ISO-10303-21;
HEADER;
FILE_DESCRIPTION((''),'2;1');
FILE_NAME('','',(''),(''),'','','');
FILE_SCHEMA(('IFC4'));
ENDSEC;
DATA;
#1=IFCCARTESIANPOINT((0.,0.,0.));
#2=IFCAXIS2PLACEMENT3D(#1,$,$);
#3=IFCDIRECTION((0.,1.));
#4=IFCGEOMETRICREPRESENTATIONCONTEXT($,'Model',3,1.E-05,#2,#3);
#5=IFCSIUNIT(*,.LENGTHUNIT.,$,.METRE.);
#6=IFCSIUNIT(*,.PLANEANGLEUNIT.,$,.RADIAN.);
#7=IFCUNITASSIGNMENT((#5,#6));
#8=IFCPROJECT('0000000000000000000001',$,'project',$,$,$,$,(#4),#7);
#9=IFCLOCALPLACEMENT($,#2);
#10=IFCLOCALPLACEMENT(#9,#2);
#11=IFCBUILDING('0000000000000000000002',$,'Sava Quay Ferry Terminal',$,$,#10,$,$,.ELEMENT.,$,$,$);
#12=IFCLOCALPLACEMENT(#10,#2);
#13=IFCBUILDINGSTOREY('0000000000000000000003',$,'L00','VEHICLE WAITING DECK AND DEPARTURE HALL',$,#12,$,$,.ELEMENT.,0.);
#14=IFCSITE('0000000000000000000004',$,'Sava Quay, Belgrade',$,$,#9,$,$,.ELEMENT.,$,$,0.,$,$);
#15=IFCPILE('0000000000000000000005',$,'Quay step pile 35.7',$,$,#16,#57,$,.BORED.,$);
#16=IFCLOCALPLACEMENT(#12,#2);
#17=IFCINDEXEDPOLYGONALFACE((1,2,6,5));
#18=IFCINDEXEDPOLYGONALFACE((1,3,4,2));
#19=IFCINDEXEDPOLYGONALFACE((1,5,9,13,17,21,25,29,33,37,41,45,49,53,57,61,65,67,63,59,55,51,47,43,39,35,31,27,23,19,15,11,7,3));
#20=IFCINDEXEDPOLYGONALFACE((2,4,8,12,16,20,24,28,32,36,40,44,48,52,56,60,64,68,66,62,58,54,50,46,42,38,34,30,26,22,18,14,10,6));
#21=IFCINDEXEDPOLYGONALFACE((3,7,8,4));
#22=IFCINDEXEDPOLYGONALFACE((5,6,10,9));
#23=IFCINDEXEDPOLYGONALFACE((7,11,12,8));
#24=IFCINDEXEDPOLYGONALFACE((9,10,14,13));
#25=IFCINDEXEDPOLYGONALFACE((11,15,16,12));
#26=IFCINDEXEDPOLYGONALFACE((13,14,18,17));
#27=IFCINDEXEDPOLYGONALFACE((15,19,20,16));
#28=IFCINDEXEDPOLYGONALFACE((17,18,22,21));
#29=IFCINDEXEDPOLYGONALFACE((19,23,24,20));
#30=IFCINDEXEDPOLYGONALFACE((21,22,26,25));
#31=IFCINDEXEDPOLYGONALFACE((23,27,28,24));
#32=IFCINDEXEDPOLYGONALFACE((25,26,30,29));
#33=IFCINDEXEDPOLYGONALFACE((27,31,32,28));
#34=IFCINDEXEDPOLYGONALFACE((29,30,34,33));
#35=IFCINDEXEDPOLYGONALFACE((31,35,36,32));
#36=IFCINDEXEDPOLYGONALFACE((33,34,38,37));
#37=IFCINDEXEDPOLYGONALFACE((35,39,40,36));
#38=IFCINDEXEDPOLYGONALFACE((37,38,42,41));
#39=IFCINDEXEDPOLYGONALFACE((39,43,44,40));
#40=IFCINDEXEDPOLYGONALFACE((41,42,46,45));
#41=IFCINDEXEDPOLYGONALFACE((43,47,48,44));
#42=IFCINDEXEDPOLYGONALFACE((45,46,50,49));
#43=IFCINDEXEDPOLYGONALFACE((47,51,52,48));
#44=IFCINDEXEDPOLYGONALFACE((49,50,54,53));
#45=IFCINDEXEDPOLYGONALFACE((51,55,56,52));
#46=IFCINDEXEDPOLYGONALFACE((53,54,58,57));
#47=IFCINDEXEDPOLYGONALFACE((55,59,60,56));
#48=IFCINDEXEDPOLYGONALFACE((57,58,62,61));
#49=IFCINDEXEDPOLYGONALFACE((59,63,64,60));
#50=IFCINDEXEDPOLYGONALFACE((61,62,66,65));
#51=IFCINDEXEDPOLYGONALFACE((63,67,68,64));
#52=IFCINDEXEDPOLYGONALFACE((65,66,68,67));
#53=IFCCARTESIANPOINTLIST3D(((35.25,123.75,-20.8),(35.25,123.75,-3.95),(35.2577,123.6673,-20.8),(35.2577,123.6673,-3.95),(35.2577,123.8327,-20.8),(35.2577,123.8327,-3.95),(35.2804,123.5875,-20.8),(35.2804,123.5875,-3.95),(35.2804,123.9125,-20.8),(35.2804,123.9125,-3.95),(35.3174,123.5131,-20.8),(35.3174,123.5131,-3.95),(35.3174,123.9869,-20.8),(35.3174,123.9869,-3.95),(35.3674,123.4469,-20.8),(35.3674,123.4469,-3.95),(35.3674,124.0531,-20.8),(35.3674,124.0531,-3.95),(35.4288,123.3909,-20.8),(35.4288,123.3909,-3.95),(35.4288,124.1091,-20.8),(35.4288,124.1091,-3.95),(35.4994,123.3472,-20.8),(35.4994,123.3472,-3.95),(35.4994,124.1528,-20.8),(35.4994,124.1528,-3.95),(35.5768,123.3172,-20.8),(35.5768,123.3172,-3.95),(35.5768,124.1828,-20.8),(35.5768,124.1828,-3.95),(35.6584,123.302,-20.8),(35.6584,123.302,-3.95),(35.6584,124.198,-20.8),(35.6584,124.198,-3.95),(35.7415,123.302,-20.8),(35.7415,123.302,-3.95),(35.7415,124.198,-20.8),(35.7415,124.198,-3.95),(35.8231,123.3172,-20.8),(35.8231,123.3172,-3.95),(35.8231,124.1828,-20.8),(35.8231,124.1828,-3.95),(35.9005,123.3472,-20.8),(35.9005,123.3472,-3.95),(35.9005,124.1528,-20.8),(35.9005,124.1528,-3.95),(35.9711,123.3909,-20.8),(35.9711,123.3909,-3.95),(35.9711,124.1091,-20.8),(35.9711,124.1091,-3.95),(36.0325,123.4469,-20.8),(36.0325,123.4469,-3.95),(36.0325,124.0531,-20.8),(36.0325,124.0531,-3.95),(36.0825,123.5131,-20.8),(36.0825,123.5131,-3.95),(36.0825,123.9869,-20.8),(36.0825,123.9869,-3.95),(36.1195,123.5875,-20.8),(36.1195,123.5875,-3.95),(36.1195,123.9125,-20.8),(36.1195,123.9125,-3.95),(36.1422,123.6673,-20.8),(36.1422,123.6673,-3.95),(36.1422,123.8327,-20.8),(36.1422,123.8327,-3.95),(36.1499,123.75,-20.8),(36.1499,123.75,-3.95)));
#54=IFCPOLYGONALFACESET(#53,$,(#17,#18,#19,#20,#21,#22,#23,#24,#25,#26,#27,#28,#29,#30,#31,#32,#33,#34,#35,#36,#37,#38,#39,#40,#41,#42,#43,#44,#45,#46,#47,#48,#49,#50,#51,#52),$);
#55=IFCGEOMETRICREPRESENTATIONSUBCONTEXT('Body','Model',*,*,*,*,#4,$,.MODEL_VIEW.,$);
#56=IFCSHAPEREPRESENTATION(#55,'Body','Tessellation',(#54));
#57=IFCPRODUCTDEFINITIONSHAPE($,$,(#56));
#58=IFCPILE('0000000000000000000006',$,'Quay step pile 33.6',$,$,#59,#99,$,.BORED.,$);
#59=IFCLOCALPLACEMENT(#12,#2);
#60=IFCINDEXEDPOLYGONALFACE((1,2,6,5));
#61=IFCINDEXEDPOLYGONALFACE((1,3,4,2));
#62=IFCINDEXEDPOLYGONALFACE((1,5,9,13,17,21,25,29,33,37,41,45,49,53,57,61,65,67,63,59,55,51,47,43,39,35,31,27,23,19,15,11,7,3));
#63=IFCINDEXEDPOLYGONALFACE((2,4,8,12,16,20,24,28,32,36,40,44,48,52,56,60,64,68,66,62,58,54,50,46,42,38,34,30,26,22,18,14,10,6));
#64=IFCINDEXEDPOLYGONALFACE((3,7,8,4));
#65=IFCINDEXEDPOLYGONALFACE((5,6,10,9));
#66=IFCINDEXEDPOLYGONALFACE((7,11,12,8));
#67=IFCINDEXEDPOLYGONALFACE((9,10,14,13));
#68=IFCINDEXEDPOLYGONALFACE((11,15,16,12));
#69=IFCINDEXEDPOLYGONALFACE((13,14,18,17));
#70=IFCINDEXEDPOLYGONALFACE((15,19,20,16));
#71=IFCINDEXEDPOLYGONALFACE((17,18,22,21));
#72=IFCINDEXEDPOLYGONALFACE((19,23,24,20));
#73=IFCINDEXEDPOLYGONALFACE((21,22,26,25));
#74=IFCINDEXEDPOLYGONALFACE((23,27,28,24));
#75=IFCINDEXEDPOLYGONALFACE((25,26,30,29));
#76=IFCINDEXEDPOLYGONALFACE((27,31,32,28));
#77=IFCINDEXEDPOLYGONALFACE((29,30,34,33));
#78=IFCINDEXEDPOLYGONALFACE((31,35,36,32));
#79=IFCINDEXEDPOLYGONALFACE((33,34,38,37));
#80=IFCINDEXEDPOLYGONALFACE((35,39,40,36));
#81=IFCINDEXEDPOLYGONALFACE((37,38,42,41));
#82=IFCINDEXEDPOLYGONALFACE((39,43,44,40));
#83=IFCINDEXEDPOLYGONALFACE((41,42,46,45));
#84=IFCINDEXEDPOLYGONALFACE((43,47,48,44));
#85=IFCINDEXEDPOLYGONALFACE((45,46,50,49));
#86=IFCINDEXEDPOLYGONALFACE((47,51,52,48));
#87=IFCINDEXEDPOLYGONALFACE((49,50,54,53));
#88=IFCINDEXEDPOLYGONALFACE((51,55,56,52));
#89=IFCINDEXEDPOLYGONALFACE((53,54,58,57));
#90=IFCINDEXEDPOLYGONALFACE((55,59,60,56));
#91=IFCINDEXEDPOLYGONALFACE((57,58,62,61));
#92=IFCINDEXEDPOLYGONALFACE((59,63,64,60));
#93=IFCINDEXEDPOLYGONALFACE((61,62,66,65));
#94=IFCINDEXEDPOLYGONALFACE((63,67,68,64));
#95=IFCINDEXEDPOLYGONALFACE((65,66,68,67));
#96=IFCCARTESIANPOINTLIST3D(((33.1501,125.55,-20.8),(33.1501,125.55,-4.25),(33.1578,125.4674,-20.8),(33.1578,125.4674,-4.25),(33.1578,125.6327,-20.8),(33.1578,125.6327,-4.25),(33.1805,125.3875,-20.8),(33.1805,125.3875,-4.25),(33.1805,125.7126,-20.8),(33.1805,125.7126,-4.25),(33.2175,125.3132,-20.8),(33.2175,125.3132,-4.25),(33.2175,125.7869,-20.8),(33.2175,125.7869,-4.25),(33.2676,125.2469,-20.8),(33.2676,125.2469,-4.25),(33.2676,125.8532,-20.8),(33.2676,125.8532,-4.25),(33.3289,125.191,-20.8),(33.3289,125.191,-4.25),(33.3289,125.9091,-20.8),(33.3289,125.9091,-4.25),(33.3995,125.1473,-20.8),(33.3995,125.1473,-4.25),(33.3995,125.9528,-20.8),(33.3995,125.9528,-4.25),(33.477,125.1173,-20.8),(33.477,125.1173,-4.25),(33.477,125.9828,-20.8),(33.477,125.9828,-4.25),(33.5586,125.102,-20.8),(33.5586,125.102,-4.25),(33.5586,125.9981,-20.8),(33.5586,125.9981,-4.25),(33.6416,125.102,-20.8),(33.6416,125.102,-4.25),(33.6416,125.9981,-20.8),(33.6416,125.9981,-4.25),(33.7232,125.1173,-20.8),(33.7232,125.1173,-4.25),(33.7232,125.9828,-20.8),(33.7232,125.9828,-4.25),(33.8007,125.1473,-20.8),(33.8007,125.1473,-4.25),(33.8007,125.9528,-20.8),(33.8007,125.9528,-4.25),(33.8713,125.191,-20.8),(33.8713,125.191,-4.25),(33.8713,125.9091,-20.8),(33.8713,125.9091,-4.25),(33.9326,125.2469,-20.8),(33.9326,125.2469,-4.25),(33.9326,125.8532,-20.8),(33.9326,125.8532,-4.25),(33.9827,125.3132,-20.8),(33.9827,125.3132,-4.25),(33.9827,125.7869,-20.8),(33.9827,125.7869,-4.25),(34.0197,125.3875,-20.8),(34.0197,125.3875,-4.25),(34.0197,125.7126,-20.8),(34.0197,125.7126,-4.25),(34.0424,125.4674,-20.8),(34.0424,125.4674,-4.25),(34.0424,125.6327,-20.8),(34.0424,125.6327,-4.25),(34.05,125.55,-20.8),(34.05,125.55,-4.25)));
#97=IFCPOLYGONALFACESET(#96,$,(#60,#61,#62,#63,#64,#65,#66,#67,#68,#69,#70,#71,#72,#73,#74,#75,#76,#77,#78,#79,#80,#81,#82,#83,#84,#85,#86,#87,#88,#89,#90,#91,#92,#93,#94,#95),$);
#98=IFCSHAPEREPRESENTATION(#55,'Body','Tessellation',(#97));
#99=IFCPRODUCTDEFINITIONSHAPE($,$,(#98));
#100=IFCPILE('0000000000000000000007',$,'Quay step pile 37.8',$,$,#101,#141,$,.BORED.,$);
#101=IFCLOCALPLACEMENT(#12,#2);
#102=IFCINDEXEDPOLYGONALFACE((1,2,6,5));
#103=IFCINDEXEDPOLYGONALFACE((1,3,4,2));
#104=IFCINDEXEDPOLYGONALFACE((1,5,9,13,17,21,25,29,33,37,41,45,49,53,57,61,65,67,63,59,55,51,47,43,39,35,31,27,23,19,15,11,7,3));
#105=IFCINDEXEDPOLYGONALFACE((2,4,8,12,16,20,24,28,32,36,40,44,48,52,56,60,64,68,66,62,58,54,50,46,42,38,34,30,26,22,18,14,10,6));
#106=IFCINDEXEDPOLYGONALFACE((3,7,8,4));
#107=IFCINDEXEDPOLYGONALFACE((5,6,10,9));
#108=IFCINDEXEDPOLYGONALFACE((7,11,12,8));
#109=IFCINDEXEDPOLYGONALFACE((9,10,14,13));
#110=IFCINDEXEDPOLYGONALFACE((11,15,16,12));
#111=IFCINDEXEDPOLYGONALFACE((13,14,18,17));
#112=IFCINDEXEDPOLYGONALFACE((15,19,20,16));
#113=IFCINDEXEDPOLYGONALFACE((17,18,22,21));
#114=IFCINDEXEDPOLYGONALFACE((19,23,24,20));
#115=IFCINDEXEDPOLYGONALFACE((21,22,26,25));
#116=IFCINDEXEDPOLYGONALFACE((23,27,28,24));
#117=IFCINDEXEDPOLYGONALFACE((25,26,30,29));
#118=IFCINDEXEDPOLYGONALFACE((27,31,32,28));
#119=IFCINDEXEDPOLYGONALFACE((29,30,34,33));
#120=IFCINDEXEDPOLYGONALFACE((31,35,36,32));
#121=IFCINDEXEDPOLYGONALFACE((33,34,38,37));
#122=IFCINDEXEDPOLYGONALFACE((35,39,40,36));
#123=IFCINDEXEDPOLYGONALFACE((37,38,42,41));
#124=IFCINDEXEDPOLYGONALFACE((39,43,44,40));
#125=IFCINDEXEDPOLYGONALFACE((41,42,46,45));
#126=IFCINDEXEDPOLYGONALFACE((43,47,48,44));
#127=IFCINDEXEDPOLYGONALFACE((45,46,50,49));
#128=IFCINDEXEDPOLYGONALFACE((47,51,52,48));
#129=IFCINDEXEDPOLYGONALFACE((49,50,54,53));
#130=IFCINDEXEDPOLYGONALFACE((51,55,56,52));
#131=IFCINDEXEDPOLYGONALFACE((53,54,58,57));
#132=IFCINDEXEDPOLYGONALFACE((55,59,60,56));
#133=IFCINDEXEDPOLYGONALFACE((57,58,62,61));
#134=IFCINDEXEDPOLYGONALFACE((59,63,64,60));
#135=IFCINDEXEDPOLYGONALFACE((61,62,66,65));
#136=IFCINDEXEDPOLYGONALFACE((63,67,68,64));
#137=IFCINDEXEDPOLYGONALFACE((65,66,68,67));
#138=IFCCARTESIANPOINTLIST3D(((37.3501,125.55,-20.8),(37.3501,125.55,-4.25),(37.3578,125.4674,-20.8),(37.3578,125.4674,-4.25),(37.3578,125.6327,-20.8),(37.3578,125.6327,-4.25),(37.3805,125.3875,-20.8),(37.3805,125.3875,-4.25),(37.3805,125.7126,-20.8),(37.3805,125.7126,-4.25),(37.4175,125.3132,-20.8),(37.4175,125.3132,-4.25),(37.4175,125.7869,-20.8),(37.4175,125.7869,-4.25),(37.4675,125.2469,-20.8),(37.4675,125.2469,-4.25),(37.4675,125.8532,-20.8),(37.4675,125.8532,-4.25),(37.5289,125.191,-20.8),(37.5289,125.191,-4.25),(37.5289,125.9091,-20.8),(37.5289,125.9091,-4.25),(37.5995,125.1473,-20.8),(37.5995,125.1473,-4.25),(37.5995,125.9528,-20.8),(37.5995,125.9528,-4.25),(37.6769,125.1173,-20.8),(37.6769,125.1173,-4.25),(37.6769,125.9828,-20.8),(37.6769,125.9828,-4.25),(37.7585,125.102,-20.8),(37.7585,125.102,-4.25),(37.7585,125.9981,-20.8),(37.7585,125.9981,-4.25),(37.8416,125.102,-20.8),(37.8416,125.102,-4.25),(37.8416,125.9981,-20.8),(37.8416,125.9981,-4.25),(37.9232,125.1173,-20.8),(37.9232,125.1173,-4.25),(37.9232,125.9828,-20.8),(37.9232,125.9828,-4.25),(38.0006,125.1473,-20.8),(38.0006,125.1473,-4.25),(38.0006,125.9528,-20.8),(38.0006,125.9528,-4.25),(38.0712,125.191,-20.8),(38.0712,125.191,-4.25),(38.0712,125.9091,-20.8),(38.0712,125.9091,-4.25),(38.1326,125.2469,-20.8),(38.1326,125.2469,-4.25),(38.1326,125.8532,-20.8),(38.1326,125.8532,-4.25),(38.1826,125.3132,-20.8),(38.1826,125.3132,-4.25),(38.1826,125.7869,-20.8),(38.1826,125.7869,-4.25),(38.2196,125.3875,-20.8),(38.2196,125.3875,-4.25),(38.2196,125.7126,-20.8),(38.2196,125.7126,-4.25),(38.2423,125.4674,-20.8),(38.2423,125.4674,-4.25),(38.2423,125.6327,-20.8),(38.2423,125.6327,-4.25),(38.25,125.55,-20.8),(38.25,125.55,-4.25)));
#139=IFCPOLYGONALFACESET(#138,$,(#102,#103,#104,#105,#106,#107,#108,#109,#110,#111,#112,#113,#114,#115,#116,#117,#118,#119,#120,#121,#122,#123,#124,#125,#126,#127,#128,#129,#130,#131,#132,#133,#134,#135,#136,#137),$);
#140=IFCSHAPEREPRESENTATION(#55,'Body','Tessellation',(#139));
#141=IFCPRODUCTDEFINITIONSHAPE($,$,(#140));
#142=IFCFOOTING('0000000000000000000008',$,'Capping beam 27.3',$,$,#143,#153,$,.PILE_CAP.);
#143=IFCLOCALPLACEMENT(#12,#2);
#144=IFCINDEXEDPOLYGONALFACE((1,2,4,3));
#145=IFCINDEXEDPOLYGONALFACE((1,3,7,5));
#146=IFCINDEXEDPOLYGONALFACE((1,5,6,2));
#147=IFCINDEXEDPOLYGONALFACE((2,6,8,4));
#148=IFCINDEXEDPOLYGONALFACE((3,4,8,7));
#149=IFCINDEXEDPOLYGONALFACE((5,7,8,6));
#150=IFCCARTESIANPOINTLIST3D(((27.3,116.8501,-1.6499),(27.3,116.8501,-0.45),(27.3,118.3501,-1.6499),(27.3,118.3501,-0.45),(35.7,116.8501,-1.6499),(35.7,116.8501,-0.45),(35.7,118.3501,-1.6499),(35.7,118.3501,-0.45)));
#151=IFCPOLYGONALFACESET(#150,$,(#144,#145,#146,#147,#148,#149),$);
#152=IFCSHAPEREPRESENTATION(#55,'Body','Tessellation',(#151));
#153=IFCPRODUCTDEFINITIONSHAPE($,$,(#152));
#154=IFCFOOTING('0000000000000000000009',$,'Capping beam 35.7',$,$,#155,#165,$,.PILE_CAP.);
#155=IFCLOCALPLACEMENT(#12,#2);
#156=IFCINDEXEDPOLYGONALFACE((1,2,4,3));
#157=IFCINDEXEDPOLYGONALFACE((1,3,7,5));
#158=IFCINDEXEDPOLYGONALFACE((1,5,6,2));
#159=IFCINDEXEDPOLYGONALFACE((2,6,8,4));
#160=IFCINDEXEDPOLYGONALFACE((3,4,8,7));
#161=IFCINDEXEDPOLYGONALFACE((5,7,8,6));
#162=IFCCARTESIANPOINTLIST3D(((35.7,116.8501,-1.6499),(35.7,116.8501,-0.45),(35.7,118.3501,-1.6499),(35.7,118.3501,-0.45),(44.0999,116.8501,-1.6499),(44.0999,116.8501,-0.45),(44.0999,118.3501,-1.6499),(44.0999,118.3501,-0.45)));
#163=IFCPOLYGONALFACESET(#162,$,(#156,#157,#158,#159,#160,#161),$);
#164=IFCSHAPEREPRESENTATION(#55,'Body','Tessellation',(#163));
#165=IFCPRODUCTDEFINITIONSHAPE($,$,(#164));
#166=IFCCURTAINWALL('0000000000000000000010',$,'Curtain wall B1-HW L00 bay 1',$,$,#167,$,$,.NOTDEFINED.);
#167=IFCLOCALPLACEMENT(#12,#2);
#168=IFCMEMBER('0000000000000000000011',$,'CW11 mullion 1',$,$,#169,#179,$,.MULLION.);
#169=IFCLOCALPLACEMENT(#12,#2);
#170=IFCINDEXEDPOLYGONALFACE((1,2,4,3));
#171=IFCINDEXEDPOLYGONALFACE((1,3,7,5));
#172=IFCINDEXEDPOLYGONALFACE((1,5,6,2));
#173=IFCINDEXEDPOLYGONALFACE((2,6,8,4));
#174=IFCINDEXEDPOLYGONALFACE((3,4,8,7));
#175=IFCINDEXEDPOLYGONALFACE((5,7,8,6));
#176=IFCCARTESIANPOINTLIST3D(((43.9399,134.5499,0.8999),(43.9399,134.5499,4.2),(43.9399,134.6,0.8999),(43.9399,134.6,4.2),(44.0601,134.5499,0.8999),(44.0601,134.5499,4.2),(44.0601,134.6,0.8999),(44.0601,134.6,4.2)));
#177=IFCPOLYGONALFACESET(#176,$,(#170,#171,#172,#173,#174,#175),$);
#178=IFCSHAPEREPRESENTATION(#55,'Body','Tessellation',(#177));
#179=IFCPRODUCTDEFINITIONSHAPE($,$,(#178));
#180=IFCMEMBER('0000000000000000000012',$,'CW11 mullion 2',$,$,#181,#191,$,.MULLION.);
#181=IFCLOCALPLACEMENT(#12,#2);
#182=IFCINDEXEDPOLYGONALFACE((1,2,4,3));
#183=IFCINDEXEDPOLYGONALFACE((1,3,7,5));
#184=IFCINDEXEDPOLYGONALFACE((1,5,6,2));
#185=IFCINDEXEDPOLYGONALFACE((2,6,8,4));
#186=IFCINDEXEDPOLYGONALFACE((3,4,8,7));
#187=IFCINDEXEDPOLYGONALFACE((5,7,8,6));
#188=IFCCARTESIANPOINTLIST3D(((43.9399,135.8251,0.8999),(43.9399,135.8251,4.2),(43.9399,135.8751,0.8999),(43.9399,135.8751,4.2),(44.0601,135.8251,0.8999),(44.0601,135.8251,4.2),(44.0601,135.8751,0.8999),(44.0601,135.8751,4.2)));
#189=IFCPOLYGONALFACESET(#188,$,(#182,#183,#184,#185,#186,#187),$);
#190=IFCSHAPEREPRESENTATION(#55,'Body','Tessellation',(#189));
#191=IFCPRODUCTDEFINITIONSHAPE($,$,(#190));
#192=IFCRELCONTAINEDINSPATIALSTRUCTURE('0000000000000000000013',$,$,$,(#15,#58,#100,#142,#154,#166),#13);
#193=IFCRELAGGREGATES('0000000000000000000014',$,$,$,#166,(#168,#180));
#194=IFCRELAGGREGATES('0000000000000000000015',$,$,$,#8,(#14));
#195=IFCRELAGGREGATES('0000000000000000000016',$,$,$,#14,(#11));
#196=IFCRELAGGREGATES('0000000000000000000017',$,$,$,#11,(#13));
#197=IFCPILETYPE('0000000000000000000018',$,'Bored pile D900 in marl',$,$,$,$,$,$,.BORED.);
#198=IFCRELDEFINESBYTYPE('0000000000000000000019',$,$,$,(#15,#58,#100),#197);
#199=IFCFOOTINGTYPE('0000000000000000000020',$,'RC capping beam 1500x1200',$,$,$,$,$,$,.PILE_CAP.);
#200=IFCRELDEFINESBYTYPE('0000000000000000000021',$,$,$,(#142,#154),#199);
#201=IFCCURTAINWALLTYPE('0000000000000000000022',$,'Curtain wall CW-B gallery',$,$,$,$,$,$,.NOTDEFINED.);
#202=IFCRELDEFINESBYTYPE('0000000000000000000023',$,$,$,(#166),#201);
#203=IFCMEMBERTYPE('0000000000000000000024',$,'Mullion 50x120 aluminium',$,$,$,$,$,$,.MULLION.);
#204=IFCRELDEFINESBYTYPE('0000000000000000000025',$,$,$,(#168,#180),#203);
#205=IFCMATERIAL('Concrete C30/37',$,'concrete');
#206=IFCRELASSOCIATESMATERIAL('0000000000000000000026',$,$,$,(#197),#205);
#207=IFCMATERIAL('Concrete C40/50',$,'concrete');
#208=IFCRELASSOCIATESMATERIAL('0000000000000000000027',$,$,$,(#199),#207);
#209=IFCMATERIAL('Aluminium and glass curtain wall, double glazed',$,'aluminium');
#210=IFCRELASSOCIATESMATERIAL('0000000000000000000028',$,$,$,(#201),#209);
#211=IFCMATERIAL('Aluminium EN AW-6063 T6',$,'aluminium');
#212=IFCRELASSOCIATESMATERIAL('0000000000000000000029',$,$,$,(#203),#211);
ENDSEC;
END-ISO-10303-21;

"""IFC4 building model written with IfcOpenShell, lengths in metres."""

from ifc_helpers import new_model, si_unit, direction, frame, origin, origin_2d, place, context, subcontext, project, spatial, rectangle, circle, extrude, material, material_profile, profile_set, type_object, element, aggregate, save


model = new_model("IFC4")

# Units and contexts
model_context = context("Model", 3, precision=1e-05, world=origin(), true_north=direction((0.0, 1.0)))
body_context = subcontext(model_context, "Body", "Model", "MODEL_VIEW")
ifc_project = project(units=[si_unit("LENGTHUNIT", "METRE"), si_unit("PLANEANGLEUNIT", "RADIAN")], contexts=[model_context])

# Site, building, storey
site_placement = place(None, origin())
site = spatial("IfcSite", under=ifc_project, at=site_placement, Name="Sava Quay, Belgrade", CompositionType="ELEMENT", RefElevation=0.0)
building_placement = place(site_placement, origin())
building = spatial("IfcBuilding", under=site, at=building_placement, Name="Sava Quay Ferry Terminal", CompositionType="ELEMENT")
storey_placement = place(building_placement, origin())
storey = spatial("IfcBuildingStorey", under=building, at=storey_placement, Name="L00", Description="VEHICLE WAITING DECK AND DEPARTURE HALL", CompositionType="ELEMENT", Elevation=0.0)

# Piles
ifc_material_1 = material(Name="Concrete C30/37", Category="concrete")
ifc_material_profile_1 = material_profile(ifc_material_1, circle(Radius=0.45, at=origin_2d()), Name="Bored pile D900 in marl")
ifc_profile_set_1 = profile_set([ifc_material_profile_1], Name="Concrete C30/37")
pile_type_1 = type_object("IfcPileType", Name="Bored pile D900 in marl", PredefinedType="BORED", material=ifc_profile_set_1)
for number, where, z_axis, x_axis, name in (
    (1, (35.7, 123.75, -3.95), (0.0, 0.0, -1.0), (1.0, 0.0, 0.0), "Quay step pile 35.7"),
):
    element("IfcPile", number, at=place(storey_placement, frame(where, z_axis=z_axis, x_axis=x_axis)), inside=storey, type_object=pile_type_1, Name=name, PredefinedType="BORED", context=body_context, shape_type="SweptSolid", body=[
        extrude(circle(Radius=0.45, at=origin_2d()), origin(), (0.0, 0.0, 1.0), 16.8501),
    ])
for number, where, z_axis, x_axis, name in (
    (2, (33.6001, 125.55, -4.25), (0.0, 0.0, -1.0), (1.0, 0.0, 0.0), "Quay step pile 33.6"),
    (3, (37.8, 125.55, -4.25), (0.0, 0.0, -1.0), (1.0, 0.0, 0.0), "Quay step pile 37.8"),
):
    element("IfcPile", number, at=place(storey_placement, frame(where, z_axis=z_axis, x_axis=x_axis)), inside=storey, type_object=pile_type_1, Name=name, PredefinedType="BORED", context=body_context, shape_type="SweptSolid", body=[
        extrude(circle(Radius=0.45, at=origin_2d()), origin(), (0.0, 0.0, 1.0), 16.55),
    ])

# Footings
ifc_material_2 = material(Name="Concrete C40/50", Category="concrete")
footing_type = type_object("IfcFootingType", Name="RC capping beam 1500x1200", PredefinedType="PILE_CAP", material=ifc_material_2)
for number, where, z_axis, x_axis, name in (
    (4, (31.5, 117.6001, -1.6499), (0.0, 0.0, 1.0), (1.0, 0.0, 0.0), "Capping beam 27.3"),
    (5, (39.8999, 117.6001, -1.6499), (0.0, 0.0, 1.0), (1.0, 0.0, 0.0), "Capping beam 35.7"),
):
    element("IfcFooting", number, at=place(storey_placement, frame(where, z_axis=z_axis, x_axis=x_axis)), inside=storey, type_object=footing_type, Name=name, PredefinedType="PILE_CAP", context=body_context, shape_type="SweptSolid", body=[
        extrude(rectangle(XDim=8.3999, YDim=1.5, at=origin_2d()), origin(), (0.0, 0.0, 1.0), 1.2),
    ])

# Curtain wall, members
ifc_material_3 = material(Name="Aluminium and glass curtain wall, double glazed", Category="aluminium")
curtain_wall_type = type_object("IfcCurtainWallType", Name="Curtain wall CW-B gallery", PredefinedType="NOTDEFINED", material=ifc_material_3)
curtain_wall_placement = place(storey_placement, origin())
curtain_wall = element("IfcCurtainWall", 6, at=curtain_wall_placement, inside=storey, type_object=curtain_wall_type, Name="Curtain wall B1-HW L00 bay 1", PredefinedType="NOTDEFINED")
ifc_material_4 = material(Name="Aluminium EN AW-6063 T6", Category="aluminium")
ifc_material_profile_2 = material_profile(ifc_material_4, rectangle(XDim=0.1201, YDim=0.05, at=origin_2d()), Name="Mullion 50x120 aluminium")
ifc_profile_set_2 = profile_set([ifc_material_profile_2], Name="Aluminium EN AW-6063 T6")
member_type_1 = type_object("IfcMemberType", Name="Mullion 50x120 aluminium", PredefinedType="MULLION", material=ifc_profile_set_2)
member_1_placement = place(storey_placement, frame((44.0, 134.575, 0.8999), z_axis=(0.0, 0.0, 1.0), x_axis=(-1.0, 0.0, 0.0)))
member_1 = element("IfcMember", 7, at=member_1_placement, type_object=member_type_1, Name="CW11 mullion 1", PredefinedType="MULLION", context=body_context, shape_type="SweptSolid", body=[
    extrude(rectangle(XDim=0.1201, YDim=0.05, at=origin_2d()), origin(), (0.0, 0.0, 1.0), 3.3),
])
member_2_placement = place(storey_placement, frame((44.0, 135.8501, 0.8999), z_axis=(0.0, 0.0, 1.0), x_axis=(-1.0, 0.0, 0.0)))
member_2 = element("IfcMember", 8, at=member_2_placement, type_object=member_type_1, Name="CW11 mullion 2", PredefinedType="MULLION", context=body_context, shape_type="SweptSolid", body=[
    extrude(rectangle(XDim=0.1201, YDim=0.05, at=origin_2d()), origin(), (0.0, 0.0, 1.0), 3.3),
])
aggregate(curtain_wall, [member_1, member_2])

save(model, "model.ifc")
